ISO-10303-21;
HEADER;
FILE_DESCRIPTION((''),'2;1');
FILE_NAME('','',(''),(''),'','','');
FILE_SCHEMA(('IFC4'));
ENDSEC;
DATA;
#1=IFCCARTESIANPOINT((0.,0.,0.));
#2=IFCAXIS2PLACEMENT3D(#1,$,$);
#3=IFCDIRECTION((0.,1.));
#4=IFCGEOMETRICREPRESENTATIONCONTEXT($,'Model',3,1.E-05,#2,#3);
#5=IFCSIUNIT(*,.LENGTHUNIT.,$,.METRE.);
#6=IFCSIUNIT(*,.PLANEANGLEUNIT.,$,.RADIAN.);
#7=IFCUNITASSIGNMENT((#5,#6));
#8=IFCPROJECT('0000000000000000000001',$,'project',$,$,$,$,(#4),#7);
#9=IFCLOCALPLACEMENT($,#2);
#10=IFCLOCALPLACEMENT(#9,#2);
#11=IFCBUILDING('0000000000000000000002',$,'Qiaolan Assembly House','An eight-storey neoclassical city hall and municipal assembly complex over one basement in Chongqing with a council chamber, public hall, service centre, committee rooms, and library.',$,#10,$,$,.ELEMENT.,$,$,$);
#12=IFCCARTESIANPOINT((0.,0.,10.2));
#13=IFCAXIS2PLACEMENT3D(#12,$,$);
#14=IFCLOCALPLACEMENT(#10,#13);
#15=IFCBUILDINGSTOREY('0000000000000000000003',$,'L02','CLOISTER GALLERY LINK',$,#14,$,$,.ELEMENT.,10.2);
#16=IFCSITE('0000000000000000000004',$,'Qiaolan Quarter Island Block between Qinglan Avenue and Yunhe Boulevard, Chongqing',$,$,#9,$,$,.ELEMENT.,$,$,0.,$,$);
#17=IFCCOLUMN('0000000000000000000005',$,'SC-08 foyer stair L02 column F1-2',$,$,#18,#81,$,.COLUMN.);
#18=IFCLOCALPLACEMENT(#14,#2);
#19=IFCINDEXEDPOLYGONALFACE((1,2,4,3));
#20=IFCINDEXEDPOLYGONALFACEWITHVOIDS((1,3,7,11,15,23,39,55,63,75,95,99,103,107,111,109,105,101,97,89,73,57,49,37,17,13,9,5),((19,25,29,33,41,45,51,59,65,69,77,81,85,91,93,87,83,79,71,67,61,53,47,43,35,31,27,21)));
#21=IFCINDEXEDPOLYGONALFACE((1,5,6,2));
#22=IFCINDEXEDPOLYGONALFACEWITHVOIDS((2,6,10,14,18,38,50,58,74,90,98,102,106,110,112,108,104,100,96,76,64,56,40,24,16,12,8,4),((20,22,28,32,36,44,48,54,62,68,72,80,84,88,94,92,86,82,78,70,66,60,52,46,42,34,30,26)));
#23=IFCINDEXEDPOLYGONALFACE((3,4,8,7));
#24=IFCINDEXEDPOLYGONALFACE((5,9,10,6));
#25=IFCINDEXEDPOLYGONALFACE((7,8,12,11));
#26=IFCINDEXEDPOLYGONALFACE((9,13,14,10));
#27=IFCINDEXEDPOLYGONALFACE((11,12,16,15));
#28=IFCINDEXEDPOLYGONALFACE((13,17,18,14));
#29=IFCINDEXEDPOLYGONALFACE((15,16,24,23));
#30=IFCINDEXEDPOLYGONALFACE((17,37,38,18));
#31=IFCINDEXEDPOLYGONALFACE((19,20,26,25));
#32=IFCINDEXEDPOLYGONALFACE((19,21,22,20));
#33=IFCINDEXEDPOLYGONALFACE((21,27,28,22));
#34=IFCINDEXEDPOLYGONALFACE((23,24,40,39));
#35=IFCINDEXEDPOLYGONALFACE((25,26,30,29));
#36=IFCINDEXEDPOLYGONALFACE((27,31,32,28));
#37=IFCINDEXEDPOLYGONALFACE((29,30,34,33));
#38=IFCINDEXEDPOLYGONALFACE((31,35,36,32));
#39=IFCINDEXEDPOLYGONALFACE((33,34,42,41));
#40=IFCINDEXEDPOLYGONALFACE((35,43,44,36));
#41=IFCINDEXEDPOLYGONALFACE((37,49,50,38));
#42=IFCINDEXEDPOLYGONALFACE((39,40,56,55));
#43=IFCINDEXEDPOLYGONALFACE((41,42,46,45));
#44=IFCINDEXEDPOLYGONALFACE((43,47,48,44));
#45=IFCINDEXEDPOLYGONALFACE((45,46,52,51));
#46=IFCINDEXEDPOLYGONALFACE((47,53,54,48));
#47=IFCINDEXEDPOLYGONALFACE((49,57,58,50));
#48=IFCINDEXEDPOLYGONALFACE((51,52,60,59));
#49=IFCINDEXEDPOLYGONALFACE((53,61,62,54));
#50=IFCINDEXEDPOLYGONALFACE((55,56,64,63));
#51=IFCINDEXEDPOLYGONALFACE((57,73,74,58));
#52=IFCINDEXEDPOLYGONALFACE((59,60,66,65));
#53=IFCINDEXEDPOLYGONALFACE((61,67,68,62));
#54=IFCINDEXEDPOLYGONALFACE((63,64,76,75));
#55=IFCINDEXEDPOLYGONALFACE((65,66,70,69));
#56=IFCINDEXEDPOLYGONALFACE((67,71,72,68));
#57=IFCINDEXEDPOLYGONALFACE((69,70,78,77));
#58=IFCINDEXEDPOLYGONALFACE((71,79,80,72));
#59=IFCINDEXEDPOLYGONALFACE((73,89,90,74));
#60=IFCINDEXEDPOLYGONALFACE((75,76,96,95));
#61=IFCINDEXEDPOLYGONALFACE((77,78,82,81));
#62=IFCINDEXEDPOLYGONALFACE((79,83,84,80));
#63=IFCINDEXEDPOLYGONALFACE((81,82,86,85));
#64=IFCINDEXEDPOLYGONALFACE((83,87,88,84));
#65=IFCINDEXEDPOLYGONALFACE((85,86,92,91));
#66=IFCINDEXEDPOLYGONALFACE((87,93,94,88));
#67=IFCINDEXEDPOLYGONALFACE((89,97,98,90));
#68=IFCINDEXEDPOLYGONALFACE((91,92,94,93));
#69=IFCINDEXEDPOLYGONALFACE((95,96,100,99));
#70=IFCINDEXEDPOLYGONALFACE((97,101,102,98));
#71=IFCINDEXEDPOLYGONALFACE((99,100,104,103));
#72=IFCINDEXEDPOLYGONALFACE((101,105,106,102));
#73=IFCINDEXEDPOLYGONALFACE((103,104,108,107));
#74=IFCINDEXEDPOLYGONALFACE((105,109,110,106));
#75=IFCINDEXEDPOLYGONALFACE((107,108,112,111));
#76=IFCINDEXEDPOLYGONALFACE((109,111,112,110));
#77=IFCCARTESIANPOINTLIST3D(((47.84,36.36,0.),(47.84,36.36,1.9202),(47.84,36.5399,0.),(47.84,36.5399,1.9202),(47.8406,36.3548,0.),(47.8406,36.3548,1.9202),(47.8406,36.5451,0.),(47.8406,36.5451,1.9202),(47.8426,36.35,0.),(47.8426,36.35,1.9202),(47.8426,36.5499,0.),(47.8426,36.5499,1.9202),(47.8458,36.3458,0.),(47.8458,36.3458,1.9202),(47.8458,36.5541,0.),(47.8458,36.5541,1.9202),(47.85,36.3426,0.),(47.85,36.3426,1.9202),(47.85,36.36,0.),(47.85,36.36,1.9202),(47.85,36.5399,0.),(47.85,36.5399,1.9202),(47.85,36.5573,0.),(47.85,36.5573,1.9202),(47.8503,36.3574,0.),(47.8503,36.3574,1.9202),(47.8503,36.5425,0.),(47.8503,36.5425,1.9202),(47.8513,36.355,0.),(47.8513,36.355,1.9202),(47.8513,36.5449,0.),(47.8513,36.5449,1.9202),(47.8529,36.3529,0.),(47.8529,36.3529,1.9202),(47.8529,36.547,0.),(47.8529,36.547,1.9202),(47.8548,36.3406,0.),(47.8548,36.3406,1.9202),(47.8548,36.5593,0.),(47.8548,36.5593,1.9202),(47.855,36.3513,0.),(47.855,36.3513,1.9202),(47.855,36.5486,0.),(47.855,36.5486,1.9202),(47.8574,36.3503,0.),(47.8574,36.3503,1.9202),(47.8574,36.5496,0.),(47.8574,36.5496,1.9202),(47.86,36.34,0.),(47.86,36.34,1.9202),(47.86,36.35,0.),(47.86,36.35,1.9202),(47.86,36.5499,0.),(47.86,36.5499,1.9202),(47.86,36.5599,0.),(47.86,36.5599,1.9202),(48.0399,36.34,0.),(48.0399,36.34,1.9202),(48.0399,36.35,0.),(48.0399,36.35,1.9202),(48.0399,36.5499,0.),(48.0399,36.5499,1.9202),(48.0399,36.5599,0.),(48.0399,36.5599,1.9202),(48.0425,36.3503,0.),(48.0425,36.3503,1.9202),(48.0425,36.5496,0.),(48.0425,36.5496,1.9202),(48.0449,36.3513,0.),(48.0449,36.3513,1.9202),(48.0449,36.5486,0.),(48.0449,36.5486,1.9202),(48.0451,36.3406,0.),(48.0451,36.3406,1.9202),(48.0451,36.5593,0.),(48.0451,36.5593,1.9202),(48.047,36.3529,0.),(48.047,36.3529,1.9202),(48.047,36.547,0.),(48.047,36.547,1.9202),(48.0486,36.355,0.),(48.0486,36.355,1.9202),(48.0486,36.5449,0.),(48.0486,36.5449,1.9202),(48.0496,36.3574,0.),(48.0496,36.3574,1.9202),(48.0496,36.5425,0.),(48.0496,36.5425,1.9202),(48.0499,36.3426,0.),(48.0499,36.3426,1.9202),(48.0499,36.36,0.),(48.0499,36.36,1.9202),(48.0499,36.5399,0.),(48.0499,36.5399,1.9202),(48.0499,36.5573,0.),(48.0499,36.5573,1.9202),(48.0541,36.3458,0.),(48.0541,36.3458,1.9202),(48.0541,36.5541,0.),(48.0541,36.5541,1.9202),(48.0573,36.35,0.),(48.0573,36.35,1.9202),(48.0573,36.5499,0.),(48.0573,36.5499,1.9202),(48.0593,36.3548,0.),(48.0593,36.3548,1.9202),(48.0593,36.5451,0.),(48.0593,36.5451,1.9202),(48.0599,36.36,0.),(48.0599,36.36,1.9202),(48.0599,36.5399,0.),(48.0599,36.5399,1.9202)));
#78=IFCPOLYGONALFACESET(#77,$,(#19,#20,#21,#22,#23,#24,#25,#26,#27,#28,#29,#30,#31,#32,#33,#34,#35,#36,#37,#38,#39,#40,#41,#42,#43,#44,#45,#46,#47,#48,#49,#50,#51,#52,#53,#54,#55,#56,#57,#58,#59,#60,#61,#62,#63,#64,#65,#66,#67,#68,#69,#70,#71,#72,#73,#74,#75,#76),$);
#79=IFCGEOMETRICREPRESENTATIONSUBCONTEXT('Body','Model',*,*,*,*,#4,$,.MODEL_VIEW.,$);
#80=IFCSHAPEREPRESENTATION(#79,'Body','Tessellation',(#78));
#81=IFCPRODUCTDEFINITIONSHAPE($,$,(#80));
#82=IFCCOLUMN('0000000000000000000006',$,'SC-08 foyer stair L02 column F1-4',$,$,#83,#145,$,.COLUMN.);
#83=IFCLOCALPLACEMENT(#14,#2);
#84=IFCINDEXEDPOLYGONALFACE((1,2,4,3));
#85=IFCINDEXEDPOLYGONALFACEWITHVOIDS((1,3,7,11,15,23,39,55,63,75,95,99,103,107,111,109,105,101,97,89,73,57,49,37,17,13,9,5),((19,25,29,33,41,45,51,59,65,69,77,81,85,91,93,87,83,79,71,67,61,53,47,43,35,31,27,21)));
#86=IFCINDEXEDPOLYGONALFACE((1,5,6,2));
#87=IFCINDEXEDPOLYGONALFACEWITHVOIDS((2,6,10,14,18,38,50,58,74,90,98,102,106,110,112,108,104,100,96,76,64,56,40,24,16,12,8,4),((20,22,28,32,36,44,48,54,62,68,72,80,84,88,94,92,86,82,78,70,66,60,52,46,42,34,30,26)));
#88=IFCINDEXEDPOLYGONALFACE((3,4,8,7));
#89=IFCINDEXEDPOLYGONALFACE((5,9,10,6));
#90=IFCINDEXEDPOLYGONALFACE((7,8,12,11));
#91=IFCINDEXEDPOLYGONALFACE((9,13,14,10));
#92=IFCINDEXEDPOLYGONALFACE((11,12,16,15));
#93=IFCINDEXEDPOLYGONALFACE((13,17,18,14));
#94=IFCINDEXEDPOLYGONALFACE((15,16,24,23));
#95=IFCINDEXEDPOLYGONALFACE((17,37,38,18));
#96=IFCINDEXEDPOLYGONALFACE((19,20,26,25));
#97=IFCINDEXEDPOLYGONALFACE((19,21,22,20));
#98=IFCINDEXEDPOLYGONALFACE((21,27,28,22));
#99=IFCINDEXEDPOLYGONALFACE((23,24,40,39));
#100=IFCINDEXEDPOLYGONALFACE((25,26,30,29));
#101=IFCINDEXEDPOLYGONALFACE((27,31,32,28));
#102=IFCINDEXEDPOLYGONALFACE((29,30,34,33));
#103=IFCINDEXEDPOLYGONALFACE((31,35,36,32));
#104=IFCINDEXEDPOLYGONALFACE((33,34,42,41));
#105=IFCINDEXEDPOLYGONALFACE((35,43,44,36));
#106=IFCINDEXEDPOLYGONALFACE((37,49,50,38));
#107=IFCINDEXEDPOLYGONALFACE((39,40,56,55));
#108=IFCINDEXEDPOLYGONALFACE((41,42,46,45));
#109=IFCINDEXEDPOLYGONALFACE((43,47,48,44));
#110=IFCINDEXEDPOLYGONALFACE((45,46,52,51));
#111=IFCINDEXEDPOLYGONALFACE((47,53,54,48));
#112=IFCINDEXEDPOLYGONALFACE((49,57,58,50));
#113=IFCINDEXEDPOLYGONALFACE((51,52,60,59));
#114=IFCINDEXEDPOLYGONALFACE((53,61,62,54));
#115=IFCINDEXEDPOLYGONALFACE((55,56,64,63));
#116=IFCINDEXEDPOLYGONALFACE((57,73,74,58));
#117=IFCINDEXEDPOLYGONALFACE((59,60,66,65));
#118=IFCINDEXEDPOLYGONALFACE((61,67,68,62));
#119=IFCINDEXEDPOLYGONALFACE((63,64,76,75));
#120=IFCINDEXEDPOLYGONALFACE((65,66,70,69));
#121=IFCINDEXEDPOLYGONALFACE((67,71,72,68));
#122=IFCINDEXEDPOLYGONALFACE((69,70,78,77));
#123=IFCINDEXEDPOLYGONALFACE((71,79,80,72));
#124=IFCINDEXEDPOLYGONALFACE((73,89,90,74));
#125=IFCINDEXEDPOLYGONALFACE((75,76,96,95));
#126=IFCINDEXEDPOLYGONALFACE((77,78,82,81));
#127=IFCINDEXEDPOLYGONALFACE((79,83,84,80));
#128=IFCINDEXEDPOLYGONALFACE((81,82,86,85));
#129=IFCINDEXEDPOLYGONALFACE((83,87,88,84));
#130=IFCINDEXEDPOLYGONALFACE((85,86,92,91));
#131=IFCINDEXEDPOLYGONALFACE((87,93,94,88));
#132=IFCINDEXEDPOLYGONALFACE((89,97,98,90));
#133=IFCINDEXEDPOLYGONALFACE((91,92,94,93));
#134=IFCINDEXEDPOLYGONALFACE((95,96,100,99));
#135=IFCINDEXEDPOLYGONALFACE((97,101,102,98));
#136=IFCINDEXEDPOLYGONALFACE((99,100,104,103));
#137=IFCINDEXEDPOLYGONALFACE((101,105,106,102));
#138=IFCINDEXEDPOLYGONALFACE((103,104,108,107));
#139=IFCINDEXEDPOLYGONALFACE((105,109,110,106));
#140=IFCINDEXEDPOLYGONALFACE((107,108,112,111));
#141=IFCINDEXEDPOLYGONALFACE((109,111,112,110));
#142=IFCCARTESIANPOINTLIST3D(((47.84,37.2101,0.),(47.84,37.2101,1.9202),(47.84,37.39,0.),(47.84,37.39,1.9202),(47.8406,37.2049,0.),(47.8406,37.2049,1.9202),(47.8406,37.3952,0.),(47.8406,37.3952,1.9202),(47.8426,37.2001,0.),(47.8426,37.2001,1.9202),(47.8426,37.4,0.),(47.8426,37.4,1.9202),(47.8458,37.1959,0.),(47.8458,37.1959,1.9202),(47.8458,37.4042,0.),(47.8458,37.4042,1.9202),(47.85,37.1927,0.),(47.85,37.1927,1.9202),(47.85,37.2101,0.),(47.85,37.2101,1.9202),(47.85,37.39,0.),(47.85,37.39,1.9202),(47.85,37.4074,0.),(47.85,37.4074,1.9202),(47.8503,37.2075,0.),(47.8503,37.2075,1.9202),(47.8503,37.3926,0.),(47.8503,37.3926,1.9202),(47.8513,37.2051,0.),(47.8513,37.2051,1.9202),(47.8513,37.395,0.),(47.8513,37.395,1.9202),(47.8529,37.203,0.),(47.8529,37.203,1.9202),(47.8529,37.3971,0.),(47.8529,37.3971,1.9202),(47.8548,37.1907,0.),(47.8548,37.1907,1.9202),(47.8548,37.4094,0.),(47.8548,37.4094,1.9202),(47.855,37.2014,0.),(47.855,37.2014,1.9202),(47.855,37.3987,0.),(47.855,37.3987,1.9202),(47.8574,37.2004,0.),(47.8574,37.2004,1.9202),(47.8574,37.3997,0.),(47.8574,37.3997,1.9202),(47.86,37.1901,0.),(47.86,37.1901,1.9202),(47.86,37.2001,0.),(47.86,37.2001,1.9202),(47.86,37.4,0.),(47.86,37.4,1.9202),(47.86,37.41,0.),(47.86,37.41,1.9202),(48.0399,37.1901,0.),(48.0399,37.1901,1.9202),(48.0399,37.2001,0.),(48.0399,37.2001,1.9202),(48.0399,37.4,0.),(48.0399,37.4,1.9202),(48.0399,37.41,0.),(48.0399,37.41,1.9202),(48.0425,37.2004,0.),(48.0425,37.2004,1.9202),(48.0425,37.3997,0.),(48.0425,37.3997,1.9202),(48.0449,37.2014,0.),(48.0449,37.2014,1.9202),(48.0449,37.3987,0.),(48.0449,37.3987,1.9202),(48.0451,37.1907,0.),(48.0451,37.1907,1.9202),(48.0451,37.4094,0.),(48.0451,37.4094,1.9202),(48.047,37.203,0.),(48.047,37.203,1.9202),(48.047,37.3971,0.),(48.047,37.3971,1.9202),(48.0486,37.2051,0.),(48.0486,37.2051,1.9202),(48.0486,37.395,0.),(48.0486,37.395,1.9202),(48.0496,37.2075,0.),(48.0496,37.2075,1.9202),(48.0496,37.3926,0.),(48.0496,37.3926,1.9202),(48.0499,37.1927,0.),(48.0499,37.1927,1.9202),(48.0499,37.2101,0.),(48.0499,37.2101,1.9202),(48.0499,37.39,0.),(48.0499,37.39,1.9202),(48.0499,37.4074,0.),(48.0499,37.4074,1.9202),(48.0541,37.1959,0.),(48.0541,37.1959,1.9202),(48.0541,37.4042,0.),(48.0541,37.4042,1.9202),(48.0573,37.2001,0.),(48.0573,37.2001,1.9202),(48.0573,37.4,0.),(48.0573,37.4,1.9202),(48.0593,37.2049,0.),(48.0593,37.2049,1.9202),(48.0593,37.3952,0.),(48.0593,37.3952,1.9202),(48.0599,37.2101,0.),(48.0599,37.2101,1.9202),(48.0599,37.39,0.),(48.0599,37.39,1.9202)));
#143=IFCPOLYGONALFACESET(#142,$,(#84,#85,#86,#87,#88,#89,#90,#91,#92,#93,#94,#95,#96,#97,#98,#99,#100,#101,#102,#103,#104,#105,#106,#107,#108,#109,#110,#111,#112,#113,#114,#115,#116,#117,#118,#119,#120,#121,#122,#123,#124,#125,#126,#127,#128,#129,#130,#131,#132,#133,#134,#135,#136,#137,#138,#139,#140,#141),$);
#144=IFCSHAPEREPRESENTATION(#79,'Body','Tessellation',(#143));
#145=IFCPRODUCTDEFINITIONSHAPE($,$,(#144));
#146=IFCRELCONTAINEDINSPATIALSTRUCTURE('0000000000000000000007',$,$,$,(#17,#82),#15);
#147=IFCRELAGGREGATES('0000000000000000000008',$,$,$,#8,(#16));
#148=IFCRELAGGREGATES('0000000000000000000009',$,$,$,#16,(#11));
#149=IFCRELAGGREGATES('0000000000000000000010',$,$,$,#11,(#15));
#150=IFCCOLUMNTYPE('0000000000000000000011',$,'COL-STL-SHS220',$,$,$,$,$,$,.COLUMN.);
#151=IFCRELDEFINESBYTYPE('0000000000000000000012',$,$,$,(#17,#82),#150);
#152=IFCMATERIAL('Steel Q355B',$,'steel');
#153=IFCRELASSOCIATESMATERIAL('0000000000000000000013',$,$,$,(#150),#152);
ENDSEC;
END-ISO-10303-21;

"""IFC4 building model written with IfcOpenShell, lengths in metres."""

from ifc_helpers import new_model, si_unit, direction, frame, origin, origin_2d, place, context, subcontext, project, spatial, hollow_rectangle, extrude, material, material_profile, profile_set, type_object, element, save


model = new_model("IFC4")

# Units and contexts
model_context = context("Model", 3, precision=1e-05, world=origin(), true_north=direction((0.0, 1.0)))
body_context = subcontext(model_context, "Body", "Model", "MODEL_VIEW")
ifc_project = project(units=[si_unit("LENGTHUNIT", "METRE"), si_unit("PLANEANGLEUNIT", "RADIAN")], contexts=[model_context])

# Site, building, storey
site_placement = place(None, origin())
site = spatial("IfcSite", under=ifc_project, at=site_placement, Name="Qiaolan Quarter Island Block between Qinglan Avenue and Yunhe Boulevard, Chongqing", CompositionType="ELEMENT", RefElevation=0.0)
building_placement = place(site_placement, origin())
building = spatial("IfcBuilding", under=site, at=building_placement, Name="Qiaolan Assembly House", Description="An eight-storey neoclassical city hall and municipal assembly complex over one basement in Chongqing with a council chamber, public hall, service centre, committee rooms, and library.", CompositionType="ELEMENT")
storey_placement = place(building_placement, frame((0.0, 0.0, 10.2)))
storey = spatial("IfcBuildingStorey", under=building, at=storey_placement, Name="L02", Description="CLOISTER GALLERY LINK", CompositionType="ELEMENT", Elevation=10.2)

# Columns
ifc_material_1 = material(Name="Steel Q355B", Category="steel")
ifc_material_profile_1 = material_profile(ifc_material_1, hollow_rectangle(XDim=0.22, YDim=0.22, WallThickness=0.01, InnerFilletRadius=0.01, OuterFilletRadius=0.02, at=origin_2d()), Name="SHS 220x220x10")
ifc_profile_set_1 = profile_set([ifc_material_profile_1], Name="Steel Q355B")
column_type_1 = type_object("IfcColumnType", Name="COL-STL-SHS220", PredefinedType="COLUMN", material=ifc_profile_set_1)
for number, where, z_axis, x_axis, name in (
    (1, (47.95, 36.45, 0.0), (0.0, 0.0, 1.0), (1.0, 0.0, 0.0), "SC-08 foyer stair L02 column F1-2"),
    (2, (47.95, 37.3, 0.0), (0.0, 0.0, 1.0), (1.0, 0.0, 0.0), "SC-08 foyer stair L02 column F1-4"),
):
    element("IfcColumn", number, at=place(storey_placement, frame(where, z_axis=z_axis, x_axis=x_axis)), inside=storey, type_object=column_type_1, Name=name, PredefinedType="COLUMN", context=body_context, shape_type="SweptSolid", body=[
        extrude(hollow_rectangle(XDim=0.22, YDim=0.22, WallThickness=0.01, InnerFilletRadius=0.01, OuterFilletRadius=0.02, at=origin_2d()), origin(), (0.0, 0.0, 1.0), 1.9202),
    ])

save(model, "model.ifc")
